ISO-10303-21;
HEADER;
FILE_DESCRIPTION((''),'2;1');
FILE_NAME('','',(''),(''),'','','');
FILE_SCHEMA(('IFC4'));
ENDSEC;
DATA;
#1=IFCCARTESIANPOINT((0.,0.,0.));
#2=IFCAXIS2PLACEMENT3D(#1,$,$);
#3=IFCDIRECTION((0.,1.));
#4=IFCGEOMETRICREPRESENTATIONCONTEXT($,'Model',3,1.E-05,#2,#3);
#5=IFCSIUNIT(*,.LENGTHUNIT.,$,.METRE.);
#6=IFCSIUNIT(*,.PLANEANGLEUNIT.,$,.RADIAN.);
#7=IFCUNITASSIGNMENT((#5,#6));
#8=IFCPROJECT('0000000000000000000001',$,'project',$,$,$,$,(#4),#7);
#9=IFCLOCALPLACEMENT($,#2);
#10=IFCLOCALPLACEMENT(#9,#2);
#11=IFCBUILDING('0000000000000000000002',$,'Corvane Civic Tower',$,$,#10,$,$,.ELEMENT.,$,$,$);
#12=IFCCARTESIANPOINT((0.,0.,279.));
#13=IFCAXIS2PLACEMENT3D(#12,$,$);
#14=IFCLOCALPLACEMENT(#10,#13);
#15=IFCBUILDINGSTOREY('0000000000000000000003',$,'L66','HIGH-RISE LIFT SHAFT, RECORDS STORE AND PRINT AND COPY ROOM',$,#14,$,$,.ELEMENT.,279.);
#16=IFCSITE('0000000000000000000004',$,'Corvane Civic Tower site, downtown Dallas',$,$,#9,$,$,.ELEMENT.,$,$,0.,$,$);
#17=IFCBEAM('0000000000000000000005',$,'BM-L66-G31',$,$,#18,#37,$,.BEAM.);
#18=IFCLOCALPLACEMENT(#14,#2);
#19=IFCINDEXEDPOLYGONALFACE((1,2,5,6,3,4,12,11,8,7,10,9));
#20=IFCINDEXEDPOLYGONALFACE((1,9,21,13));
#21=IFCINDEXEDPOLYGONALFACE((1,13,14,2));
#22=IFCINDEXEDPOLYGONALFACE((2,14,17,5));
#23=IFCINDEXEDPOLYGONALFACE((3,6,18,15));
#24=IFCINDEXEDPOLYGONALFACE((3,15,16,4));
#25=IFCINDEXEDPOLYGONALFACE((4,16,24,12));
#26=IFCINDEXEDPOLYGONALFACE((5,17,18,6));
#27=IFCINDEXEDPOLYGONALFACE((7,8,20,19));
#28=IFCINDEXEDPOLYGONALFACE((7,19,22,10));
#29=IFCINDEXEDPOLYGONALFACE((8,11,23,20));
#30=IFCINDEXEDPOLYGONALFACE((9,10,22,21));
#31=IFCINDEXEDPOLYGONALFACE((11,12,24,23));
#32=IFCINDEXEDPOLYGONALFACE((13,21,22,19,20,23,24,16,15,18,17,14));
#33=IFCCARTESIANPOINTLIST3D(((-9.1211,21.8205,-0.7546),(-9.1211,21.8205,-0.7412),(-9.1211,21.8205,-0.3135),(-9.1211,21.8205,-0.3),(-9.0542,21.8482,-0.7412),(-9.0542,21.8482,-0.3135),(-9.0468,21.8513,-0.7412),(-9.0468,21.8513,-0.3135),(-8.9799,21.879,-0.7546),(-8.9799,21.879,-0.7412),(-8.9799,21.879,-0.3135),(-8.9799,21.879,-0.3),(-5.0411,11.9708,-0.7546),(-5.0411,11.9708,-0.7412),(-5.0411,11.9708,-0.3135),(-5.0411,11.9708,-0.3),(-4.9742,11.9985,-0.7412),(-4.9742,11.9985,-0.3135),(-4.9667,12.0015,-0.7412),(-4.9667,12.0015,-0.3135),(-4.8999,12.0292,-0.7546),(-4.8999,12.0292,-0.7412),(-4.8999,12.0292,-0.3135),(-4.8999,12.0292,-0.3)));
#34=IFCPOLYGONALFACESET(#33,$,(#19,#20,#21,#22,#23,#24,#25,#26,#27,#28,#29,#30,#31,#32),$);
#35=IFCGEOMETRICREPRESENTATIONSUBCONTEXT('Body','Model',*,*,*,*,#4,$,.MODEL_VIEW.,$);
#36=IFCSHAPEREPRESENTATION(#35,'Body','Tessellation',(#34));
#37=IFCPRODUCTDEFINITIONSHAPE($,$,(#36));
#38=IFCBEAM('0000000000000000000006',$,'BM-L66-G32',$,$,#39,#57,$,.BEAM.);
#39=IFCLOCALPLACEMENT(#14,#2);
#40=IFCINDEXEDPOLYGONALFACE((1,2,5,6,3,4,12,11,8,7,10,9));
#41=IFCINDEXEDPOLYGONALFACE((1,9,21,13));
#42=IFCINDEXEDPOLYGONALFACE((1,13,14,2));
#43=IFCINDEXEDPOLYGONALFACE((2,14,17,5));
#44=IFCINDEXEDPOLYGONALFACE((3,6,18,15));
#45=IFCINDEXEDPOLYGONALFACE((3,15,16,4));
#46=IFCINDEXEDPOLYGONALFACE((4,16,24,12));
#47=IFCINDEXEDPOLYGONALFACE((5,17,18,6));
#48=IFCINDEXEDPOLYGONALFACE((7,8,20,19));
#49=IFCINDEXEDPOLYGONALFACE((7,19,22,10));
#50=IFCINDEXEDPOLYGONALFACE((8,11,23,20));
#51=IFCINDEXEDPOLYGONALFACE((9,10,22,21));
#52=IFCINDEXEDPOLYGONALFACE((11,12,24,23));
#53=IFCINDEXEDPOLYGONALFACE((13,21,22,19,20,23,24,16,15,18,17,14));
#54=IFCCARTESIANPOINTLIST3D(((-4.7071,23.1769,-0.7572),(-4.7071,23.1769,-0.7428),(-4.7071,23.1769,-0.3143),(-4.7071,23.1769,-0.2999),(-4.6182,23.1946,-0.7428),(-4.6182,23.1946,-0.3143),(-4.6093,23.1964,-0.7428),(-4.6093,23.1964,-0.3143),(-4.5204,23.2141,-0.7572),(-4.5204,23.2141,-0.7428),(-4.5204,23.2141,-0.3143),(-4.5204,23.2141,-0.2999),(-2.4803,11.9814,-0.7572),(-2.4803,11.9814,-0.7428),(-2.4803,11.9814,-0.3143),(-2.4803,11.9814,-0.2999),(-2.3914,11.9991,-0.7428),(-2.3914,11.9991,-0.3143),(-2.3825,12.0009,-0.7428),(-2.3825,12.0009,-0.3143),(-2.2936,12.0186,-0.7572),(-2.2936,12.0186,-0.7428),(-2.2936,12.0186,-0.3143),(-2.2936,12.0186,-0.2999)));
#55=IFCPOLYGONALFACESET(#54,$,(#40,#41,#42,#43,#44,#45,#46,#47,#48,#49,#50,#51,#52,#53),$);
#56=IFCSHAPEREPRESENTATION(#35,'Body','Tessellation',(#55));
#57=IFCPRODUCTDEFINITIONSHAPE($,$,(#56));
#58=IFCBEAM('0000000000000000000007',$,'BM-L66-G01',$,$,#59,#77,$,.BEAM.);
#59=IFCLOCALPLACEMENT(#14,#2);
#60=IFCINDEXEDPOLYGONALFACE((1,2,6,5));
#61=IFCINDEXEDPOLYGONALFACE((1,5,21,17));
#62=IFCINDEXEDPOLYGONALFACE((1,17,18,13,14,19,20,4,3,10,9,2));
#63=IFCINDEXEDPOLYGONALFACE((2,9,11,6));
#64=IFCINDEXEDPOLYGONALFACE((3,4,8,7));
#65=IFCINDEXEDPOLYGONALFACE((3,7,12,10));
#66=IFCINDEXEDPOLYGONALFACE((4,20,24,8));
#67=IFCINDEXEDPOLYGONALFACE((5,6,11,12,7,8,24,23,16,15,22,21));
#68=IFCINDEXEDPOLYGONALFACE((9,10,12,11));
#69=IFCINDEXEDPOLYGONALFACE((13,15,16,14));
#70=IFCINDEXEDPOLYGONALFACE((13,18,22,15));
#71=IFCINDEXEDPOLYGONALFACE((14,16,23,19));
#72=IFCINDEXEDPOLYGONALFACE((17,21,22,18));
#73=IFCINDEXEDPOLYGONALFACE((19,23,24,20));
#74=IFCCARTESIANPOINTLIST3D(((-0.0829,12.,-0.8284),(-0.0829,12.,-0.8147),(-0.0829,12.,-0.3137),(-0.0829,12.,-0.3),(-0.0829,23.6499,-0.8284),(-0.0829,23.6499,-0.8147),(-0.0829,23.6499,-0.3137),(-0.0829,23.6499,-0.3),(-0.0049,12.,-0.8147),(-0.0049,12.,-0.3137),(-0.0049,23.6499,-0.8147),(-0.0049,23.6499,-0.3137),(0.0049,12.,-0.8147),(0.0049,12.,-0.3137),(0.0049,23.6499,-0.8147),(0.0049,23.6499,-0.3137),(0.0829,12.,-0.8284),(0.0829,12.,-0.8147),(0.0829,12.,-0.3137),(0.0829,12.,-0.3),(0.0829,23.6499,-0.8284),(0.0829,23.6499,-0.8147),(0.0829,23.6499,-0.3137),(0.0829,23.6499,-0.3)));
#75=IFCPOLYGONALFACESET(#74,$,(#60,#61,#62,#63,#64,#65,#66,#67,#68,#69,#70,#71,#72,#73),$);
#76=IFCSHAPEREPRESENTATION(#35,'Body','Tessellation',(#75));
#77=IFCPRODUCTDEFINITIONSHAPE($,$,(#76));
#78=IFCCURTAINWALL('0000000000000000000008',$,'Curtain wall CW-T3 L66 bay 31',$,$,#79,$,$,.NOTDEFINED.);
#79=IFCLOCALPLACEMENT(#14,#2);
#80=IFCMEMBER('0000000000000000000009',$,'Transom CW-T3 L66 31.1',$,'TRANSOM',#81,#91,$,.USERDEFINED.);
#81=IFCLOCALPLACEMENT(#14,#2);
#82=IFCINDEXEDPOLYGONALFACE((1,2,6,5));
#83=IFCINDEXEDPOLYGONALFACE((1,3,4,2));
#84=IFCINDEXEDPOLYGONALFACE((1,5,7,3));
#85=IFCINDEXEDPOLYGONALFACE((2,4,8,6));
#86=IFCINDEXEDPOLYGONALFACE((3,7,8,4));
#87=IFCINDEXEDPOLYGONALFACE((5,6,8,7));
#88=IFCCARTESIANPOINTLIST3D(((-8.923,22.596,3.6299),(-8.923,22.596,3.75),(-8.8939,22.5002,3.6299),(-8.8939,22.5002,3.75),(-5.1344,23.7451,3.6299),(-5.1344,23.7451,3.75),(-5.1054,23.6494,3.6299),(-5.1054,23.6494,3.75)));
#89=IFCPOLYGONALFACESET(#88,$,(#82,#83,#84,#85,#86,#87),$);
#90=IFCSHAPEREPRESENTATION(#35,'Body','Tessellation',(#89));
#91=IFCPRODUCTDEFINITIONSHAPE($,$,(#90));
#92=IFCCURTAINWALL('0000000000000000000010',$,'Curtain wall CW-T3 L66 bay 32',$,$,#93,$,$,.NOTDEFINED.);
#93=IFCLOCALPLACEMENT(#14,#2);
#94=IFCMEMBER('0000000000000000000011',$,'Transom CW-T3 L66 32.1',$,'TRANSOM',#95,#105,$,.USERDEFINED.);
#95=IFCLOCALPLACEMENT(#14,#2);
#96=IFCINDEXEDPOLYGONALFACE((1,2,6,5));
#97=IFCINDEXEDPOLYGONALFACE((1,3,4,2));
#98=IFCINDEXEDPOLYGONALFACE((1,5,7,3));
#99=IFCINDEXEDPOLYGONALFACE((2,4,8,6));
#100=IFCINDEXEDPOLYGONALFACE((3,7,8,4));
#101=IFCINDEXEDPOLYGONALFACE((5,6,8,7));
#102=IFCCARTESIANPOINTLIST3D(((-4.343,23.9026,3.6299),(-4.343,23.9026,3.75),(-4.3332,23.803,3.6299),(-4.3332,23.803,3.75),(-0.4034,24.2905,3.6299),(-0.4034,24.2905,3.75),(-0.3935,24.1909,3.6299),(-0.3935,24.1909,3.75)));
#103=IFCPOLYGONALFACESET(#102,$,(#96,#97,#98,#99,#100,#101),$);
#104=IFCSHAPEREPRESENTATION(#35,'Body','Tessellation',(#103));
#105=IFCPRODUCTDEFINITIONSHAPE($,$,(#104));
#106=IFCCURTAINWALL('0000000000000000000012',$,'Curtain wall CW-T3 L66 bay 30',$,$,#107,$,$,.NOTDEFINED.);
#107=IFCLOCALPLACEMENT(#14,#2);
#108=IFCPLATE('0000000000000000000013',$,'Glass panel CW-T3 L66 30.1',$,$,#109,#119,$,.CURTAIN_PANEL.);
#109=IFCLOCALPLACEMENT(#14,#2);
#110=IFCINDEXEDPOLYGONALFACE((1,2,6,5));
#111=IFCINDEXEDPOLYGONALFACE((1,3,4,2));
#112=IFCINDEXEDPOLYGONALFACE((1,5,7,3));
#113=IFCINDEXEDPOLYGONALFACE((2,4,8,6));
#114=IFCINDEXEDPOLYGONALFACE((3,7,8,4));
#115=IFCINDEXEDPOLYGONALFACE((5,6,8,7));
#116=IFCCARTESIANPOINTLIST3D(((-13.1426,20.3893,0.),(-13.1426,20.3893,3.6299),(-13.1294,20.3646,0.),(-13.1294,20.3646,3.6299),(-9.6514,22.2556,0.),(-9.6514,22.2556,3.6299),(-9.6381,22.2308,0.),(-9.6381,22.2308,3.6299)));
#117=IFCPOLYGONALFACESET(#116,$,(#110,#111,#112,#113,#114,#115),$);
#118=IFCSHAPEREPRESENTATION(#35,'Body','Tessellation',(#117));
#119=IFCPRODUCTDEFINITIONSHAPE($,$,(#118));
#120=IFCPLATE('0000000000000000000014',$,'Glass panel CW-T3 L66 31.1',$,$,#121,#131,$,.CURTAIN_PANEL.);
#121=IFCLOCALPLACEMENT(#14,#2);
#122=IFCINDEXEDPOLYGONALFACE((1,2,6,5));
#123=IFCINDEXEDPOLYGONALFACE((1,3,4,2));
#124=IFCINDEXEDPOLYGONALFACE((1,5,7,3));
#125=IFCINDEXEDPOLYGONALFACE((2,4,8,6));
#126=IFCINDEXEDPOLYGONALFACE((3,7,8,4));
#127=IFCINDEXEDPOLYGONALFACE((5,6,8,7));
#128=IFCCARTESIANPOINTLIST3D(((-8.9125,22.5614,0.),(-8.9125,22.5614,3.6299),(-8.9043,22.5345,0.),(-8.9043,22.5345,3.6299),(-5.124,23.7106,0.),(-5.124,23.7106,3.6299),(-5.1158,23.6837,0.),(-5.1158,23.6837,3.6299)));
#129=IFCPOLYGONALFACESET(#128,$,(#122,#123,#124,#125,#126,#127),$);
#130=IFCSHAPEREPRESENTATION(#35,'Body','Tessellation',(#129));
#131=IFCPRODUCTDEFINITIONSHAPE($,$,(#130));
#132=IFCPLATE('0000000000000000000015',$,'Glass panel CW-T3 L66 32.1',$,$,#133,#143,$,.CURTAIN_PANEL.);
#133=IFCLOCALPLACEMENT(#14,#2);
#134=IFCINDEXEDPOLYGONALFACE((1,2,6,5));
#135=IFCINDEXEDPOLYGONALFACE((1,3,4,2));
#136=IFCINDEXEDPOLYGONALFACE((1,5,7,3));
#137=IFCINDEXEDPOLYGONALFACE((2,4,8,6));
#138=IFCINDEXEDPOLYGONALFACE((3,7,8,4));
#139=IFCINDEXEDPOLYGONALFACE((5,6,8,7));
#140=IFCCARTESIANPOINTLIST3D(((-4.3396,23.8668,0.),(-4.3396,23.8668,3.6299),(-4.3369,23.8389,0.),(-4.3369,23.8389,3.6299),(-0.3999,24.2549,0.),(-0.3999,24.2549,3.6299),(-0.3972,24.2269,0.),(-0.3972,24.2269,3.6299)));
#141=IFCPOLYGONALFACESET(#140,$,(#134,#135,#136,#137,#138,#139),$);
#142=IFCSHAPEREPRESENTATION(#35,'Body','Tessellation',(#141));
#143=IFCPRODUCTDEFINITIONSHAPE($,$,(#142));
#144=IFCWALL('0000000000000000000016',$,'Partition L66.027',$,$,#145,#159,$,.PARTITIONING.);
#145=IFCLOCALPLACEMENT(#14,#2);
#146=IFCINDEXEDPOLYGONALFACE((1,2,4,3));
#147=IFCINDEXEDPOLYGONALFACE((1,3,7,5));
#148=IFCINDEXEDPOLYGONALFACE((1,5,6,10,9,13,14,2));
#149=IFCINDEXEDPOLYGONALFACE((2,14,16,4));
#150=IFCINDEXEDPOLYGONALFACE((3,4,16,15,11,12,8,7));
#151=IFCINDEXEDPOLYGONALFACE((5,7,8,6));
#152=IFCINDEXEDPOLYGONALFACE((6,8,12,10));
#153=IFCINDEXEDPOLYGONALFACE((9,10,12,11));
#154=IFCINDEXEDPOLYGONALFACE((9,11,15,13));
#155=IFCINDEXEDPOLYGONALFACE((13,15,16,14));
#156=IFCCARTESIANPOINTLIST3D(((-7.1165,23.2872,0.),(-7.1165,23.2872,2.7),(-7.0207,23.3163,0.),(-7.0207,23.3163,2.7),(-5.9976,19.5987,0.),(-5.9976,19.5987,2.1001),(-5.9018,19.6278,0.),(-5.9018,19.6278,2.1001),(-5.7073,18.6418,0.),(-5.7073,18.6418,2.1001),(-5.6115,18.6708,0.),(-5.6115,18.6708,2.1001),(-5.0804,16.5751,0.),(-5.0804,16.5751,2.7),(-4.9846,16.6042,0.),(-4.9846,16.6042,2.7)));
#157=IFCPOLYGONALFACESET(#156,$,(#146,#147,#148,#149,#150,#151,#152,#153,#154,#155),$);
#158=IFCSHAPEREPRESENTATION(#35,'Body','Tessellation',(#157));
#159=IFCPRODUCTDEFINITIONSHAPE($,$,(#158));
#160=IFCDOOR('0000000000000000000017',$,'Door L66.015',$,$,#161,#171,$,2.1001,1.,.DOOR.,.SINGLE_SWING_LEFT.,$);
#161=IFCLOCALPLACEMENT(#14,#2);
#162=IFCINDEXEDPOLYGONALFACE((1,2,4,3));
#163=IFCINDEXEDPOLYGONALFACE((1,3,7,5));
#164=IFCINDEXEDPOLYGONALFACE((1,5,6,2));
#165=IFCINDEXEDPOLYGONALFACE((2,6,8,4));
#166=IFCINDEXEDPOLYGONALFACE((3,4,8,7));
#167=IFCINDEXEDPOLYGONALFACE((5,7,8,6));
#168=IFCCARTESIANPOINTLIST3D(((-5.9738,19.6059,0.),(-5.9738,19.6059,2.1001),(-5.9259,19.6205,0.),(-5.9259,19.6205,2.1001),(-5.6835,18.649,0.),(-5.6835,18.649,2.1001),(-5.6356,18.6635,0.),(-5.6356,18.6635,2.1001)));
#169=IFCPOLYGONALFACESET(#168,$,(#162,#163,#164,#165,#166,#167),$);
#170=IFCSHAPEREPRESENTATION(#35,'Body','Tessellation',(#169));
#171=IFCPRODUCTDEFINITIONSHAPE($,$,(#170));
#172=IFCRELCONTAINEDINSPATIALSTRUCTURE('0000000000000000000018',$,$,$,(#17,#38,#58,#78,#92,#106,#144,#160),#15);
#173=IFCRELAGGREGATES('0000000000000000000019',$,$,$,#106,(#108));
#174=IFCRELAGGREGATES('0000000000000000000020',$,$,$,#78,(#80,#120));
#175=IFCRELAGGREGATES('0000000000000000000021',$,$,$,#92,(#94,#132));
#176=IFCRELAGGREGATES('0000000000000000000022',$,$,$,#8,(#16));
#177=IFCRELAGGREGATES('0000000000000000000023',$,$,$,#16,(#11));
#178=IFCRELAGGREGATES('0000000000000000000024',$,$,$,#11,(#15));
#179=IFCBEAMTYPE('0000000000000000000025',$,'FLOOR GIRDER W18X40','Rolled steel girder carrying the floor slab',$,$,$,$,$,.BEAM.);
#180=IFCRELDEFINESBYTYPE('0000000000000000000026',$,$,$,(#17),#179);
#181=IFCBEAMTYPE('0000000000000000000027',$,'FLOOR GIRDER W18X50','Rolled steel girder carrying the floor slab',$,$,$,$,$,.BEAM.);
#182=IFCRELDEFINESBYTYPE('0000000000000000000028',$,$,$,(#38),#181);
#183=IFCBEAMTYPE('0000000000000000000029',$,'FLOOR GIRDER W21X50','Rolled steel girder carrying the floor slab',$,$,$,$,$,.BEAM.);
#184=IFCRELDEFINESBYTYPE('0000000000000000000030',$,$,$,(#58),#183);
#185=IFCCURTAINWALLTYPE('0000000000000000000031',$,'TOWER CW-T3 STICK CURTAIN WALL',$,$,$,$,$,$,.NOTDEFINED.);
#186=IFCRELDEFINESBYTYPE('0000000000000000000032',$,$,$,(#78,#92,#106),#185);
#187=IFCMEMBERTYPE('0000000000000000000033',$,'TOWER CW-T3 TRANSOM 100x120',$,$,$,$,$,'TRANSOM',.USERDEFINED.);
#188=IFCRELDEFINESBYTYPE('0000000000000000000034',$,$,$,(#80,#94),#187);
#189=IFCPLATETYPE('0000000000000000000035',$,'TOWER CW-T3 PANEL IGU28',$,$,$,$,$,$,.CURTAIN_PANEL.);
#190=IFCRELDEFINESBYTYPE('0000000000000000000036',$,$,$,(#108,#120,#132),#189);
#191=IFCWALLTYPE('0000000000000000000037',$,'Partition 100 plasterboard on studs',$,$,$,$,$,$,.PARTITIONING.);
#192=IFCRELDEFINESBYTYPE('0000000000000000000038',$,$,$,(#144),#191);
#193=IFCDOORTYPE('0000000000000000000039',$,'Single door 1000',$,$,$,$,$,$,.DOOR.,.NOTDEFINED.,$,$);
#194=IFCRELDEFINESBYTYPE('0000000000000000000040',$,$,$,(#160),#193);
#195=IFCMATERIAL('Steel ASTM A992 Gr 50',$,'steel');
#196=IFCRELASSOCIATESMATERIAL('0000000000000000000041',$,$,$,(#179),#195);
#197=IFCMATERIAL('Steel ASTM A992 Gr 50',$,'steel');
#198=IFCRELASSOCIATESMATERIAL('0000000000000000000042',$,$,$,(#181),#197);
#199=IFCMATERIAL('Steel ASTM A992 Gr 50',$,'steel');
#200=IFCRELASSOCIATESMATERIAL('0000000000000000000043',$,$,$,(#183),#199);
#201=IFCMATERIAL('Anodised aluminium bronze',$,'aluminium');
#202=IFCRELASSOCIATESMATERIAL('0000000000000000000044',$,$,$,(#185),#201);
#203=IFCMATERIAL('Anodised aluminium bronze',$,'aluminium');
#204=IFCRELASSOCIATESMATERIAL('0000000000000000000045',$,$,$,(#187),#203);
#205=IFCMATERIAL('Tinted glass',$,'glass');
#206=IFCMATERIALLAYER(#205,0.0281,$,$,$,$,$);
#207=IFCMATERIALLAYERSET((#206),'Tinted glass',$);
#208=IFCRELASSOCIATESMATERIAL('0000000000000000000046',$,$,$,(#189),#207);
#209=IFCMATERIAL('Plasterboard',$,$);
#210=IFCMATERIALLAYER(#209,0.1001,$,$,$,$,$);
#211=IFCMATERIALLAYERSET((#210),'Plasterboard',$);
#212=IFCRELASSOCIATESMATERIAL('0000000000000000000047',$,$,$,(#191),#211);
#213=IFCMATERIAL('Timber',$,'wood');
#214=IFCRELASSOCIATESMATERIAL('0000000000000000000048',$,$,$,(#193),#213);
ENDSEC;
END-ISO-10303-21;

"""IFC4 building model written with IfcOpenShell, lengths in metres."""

from ifc_helpers import new_model, si_unit, direction, frame, frame_2d, origin, origin_2d, place, context, subcontext, project, spatial, rectangle, i_section, extrude, material, layer, layer_set, material_profile, profile_set, type_object, element, fill, aggregate, save


model = new_model("IFC4")

# Units and contexts
model_context = context("Model", 3, precision=1e-05, world=origin(), true_north=direction((0.0, 1.0)))
body_context = subcontext(model_context, "Body", "Model", "MODEL_VIEW")
ifc_project = project(units=[si_unit("LENGTHUNIT", "METRE"), si_unit("PLANEANGLEUNIT", "RADIAN")], contexts=[model_context])

# Site, building, storey
site_placement = place(None, origin())
site = spatial("IfcSite", under=ifc_project, at=site_placement, Name="Corvane Civic Tower site, downtown Dallas", CompositionType="ELEMENT", RefElevation=0.0)
building_placement = place(site_placement, origin())
building = spatial("IfcBuilding", under=site, at=building_placement, Name="Corvane Civic Tower", CompositionType="ELEMENT")
storey_placement = place(building_placement, frame((0.0, 0.0, 279.0)))
storey = spatial("IfcBuildingStorey", under=building, at=storey_placement, Name="L66", Description="HIGH-RISE LIFT SHAFT, RECORDS STORE AND PRINT AND COPY ROOM", CompositionType="ELEMENT", Elevation=279.0)

# Beams
ifc_material_1 = material(Name="Steel ASTM A992 Gr 50", Category="steel")
ifc_material_profile_1 = material_profile(ifc_material_1, i_section(OverallWidth=0.1528, OverallDepth=0.4546, WebThickness=0.0081, FlangeThickness=0.0134, at=origin_2d()), Name="W18X40")
ifc_profile_set_1 = profile_set([ifc_material_profile_1], Name="Steel ASTM A992 Gr 50")
beam_type_1 = type_object("IfcBeamType", Name="FLOOR GIRDER W18X40", Description="Rolled steel girder carrying the floor slab", PredefinedType="BEAM", material=ifc_profile_set_1)
beam_1_placement = place(storey_placement, frame((-4.9705, 12.0, -0.5273), z_axis=(-0.382694, 0.923875, 0.0), x_axis=(-0.923875, -0.382694, 0.0)))
element("IfcBeam", 1, at=beam_1_placement, inside=storey, type_object=beam_type_1, Name="BM-L66-G31", PredefinedType="BEAM", context=body_context, shape_type="SweptSolid", body=[
    extrude(i_section(OverallWidth=0.1528, OverallDepth=0.4546, WebThickness=0.0081, FlangeThickness=0.0134, at=origin_2d()), origin(), (0.0, 0.0, 1.0), 10.6614),
])
ifc_material_2 = material(Name="Steel ASTM A992 Gr 50", Category="steel")
ifc_material_profile_2 = material_profile(ifc_material_2, i_section(OverallWidth=0.1904, OverallDepth=0.4573, WebThickness=0.009, FlangeThickness=0.0144, at=origin_2d()), Name="W18X50")
ifc_profile_set_2 = profile_set([ifc_material_profile_2], Name="Steel ASTM A992 Gr 50")
beam_type_2 = type_object("IfcBeamType", Name="FLOOR GIRDER W18X50", Description="Rolled steel girder carrying the floor slab", PredefinedType="BEAM", material=ifc_profile_set_2)
beam_2_placement = place(storey_placement, frame((-2.387, 12.0, -0.5286), z_axis=(-0.19508, 0.980787, 0.0), x_axis=(-0.980787, -0.19508, 0.0)))
element("IfcBeam", 2, at=beam_2_placement, inside=storey, type_object=beam_type_2, Name="BM-L66-G32", PredefinedType="BEAM", context=body_context, shape_type="SweptSolid", body=[
    extrude(i_section(OverallWidth=0.1904, OverallDepth=0.4573, WebThickness=0.009, FlangeThickness=0.0144, at=origin_2d()), origin(), (0.0, 0.0, 1.0), 11.4148),
])
ifc_material_3 = material(Name="Steel ASTM A992 Gr 50", Category="steel")
ifc_material_profile_3 = material_profile(ifc_material_3, i_section(OverallWidth=0.1658, OverallDepth=0.5283, WebThickness=0.0098, FlangeThickness=0.0137, at=origin_2d()), Name="W21X50")
ifc_profile_set_3 = profile_set([ifc_material_profile_3], Name="Steel ASTM A992 Gr 50")
beam_type_3 = type_object("IfcBeamType", Name="FLOOR GIRDER W21X50", Description="Rolled steel girder carrying the floor slab", PredefinedType="BEAM", material=ifc_profile_set_3)
beam_3_placement = place(storey_placement, frame((0.0, 12.0, -0.5642), z_axis=(0.0, 1.0, 0.0), x_axis=(-1.0, 0.0, 0.0)))
element("IfcBeam", 3, at=beam_3_placement, inside=storey, type_object=beam_type_3, Name="BM-L66-G01", PredefinedType="BEAM", context=body_context, shape_type="SweptSolid", body=[
    extrude(i_section(OverallWidth=0.1658, OverallDepth=0.5283, WebThickness=0.0098, FlangeThickness=0.0137, at=origin_2d()), origin(), (0.0, 0.0, 1.0), 11.6499),
])

# Curtain walls, members
ifc_material_4 = material(Name="Anodised aluminium bronze", Category="aluminium")
curtain_wall_type = type_object("IfcCurtainWallType", Name="TOWER CW-T3 STICK CURTAIN WALL", PredefinedType="NOTDEFINED", material=ifc_material_4)
curtain_wall_1_placement = place(storey_placement, origin())
curtain_wall_1 = element("IfcCurtainWall", 4, at=curtain_wall_1_placement, inside=storey, type_object=curtain_wall_type, Name="Curtain wall CW-T3 L66 bay 31", PredefinedType="NOTDEFINED")
ifc_material_5 = material(Name="Anodised aluminium bronze", Category="aluminium")
ifc_material_profile_4 = material_profile(ifc_material_5, rectangle(XDim=0.1001, YDim=0.1201, at=origin_2d()), Name="TOWER CW-T3 TRANSOM 100x120")
ifc_profile_set_4 = profile_set([ifc_material_profile_4], Name="Anodised aluminium bronze")
member_type = type_object("IfcMemberType", Name="TOWER CW-T3 TRANSOM 100x120", ElementType="TRANSOM", PredefinedType="USERDEFINED", material=ifc_profile_set_4)
member_1_placement = place(storey_placement, frame((-8.9084, 22.5481, 3.6899), z_axis=(0.956946, 0.290266, 0.0), x_axis=(-0.290266, 0.956946, 0.0)))
member_1 = element("IfcMember", 5, at=member_1_placement, type_object=member_type, Name="Transom CW-T3 L66 31.1", ObjectType="TRANSOM", PredefinedType="USERDEFINED", context=body_context, shape_type="SweptSolid", body=[
    extrude(rectangle(XDim=0.1001, YDim=0.1201, at=origin_2d()), origin(), (0.0, 0.0, 1.0), 3.959),
])
curtain_wall_2_placement = place(storey_placement, origin())
curtain_wall_2 = element("IfcCurtainWall", 6, at=curtain_wall_2_placement, inside=storey, type_object=curtain_wall_type, Name="Curtain wall CW-T3 L66 bay 32", PredefinedType="NOTDEFINED")
member_2_placement = place(storey_placement, frame((-4.3381, 23.8528, 3.6899), z_axis=(0.995187, 0.097995, 0.0), x_axis=(-0.097995, 0.995187, 0.0)))
member_2 = element("IfcMember", 7, at=member_2_placement, type_object=member_type, Name="Transom CW-T3 L66 32.1", ObjectType="TRANSOM", PredefinedType="USERDEFINED", context=body_context, shape_type="SweptSolid", body=[
    extrude(rectangle(XDim=0.1001, YDim=0.1201, at=origin_2d()), origin(), (0.0, 0.0, 1.0), 3.9587),
])

# Curtain wall, plate
curtain_wall_3_placement = place(storey_placement, origin())
curtain_wall_3 = element("IfcCurtainWall", 8, at=curtain_wall_3_placement, inside=storey, type_object=curtain_wall_type, Name="Curtain wall CW-T3 L66 bay 30", PredefinedType="NOTDEFINED")
ifc_material_6 = material(Name="Tinted glass", Category="glass")
ifc_layer_1 = layer(ifc_material_6, 0.0281)
ifc_layer_set_1 = layer_set([ifc_layer_1], Name="Tinted glass")
plate_type = type_object("IfcPlateType", Name="TOWER CW-T3 PANEL IGU28", PredefinedType="CURTAIN_PANEL", material=ifc_layer_set_1)
plate_1_placement = place(storey_placement, frame((-11.3904, 21.3101, 0.0), z_axis=(0.0, 0.0, 1.0), x_axis=(0.881908, 0.471421, 0.0)))
plate_1 = element("IfcPlate", 9, at=plate_1_placement, type_object=plate_type, Name="Glass panel CW-T3 L66 30.1", PredefinedType="CURTAIN_PANEL", context=body_context, shape_type="SweptSolid", body=[
    extrude(rectangle(XDim=3.9587, YDim=0.0281, at=origin_2d()), origin(), (0.0, 0.0, 1.0), 3.6299),
])
aggregate(curtain_wall_3, [plate_1])

# Plates
plate_2_placement = place(storey_placement, frame((-7.0142, 23.1226, 0.0), z_axis=(0.0, 0.0, 1.0), x_axis=(0.956944, 0.290274, 0.0)))
plate_2 = element("IfcPlate", 10, at=plate_2_placement, type_object=plate_type, Name="Glass panel CW-T3 L66 31.1", PredefinedType="CURTAIN_PANEL", context=body_context, shape_type="SweptSolid", body=[
    extrude(rectangle(XDim=3.959, YDim=0.0281, at=origin_2d()), origin(), (0.0, 0.0, 1.0), 3.6299),
])
aggregate(curtain_wall_1, [member_1, plate_2])
plate_3_placement = place(storey_placement, frame((-2.3684, 24.0469, 0.0), z_axis=(0.0, 0.0, 1.0), x_axis=(0.995184, 0.098021, 0.0)))
plate_3 = element("IfcPlate", 11, at=plate_3_placement, type_object=plate_type, Name="Glass panel CW-T3 L66 32.1", PredefinedType="CURTAIN_PANEL", context=body_context, shape_type="SweptSolid", body=[
    extrude(rectangle(XDim=3.9587, YDim=0.0281, at=origin_2d()), origin(), (0.0, 0.0, 1.0), 3.6299),
])
aggregate(curtain_wall_2, [member_2, plate_3])

# Wall, opening, door
ifc_material_7 = material(Name="Plasterboard")
ifc_layer_2 = layer(ifc_material_7, 0.1001)
ifc_layer_set_2 = layer_set([ifc_layer_2], Name="Plasterboard")
wall_type = type_object("IfcWallType", Name="Partition 100 plasterboard on studs", PredefinedType="PARTITIONING", material=ifc_layer_set_2)
wall_placement = place(storey_placement, frame((-7.0686, 23.3018, 0.0), z_axis=(0.0, 0.0, 1.0), x_axis=(0.290288, -0.956939, 0.0)))
wall = element("IfcWall", 12, at=wall_placement, inside=storey, type_object=wall_type, Name="Partition L66.027", PredefinedType="PARTITIONING", context=body_context, shape_type="SweptSolid", body=[
    extrude(rectangle(XDim=7.0142, YDim=0.1001, at=frame_2d((3.5071, 0.0))), origin(), (0.0, 0.0, 1.0), 2.7),
])
opening_placement = place(wall_placement, frame((3.8545, 0.0, 0.0)))
opening = element("IfcOpeningElement", 13, at=opening_placement, cuts=wall, PredefinedType="OPENING", context=body_context, shape_type="SweptSolid", body=[
    extrude(rectangle(XDim=1.0, YDim=2.1001, at=frame_2d((0.5, 1.05))), frame((0.0, 0.0601, 0.0), z_axis=(0.0, -1.0, 0.0), x_axis=(1.0, 0.0, 0.0)), (0.0, 0.0, 1.0), 0.1201),
])
ifc_material_8 = material(Name="Timber", Category="wood")
door_type = type_object("IfcDoorType", Name="Single door 1000", OperationType="NOTDEFINED", PredefinedType="DOOR", material=ifc_material_8)
door_placement = place(opening_placement, origin())
door = element("IfcDoor", 14, at=door_placement, inside=storey, type_object=door_type, Name="Door L66.015", OperationType="SINGLE_SWING_LEFT", OverallHeight=2.1001, OverallWidth=1.0, PredefinedType="DOOR", context=body_context, shape_type="SweptSolid", body=[
    extrude(rectangle(XDim=1.0, YDim=2.1001, at=frame_2d((0.5, 1.05))), frame((0.0, 0.0249, 0.0), z_axis=(0.0, -1.0, 0.0), x_axis=(1.0, 0.0, 0.0)), (0.0, 0.0, 1.0), 0.05),
])
fill(opening, door)

save(model, "model.ifc")
